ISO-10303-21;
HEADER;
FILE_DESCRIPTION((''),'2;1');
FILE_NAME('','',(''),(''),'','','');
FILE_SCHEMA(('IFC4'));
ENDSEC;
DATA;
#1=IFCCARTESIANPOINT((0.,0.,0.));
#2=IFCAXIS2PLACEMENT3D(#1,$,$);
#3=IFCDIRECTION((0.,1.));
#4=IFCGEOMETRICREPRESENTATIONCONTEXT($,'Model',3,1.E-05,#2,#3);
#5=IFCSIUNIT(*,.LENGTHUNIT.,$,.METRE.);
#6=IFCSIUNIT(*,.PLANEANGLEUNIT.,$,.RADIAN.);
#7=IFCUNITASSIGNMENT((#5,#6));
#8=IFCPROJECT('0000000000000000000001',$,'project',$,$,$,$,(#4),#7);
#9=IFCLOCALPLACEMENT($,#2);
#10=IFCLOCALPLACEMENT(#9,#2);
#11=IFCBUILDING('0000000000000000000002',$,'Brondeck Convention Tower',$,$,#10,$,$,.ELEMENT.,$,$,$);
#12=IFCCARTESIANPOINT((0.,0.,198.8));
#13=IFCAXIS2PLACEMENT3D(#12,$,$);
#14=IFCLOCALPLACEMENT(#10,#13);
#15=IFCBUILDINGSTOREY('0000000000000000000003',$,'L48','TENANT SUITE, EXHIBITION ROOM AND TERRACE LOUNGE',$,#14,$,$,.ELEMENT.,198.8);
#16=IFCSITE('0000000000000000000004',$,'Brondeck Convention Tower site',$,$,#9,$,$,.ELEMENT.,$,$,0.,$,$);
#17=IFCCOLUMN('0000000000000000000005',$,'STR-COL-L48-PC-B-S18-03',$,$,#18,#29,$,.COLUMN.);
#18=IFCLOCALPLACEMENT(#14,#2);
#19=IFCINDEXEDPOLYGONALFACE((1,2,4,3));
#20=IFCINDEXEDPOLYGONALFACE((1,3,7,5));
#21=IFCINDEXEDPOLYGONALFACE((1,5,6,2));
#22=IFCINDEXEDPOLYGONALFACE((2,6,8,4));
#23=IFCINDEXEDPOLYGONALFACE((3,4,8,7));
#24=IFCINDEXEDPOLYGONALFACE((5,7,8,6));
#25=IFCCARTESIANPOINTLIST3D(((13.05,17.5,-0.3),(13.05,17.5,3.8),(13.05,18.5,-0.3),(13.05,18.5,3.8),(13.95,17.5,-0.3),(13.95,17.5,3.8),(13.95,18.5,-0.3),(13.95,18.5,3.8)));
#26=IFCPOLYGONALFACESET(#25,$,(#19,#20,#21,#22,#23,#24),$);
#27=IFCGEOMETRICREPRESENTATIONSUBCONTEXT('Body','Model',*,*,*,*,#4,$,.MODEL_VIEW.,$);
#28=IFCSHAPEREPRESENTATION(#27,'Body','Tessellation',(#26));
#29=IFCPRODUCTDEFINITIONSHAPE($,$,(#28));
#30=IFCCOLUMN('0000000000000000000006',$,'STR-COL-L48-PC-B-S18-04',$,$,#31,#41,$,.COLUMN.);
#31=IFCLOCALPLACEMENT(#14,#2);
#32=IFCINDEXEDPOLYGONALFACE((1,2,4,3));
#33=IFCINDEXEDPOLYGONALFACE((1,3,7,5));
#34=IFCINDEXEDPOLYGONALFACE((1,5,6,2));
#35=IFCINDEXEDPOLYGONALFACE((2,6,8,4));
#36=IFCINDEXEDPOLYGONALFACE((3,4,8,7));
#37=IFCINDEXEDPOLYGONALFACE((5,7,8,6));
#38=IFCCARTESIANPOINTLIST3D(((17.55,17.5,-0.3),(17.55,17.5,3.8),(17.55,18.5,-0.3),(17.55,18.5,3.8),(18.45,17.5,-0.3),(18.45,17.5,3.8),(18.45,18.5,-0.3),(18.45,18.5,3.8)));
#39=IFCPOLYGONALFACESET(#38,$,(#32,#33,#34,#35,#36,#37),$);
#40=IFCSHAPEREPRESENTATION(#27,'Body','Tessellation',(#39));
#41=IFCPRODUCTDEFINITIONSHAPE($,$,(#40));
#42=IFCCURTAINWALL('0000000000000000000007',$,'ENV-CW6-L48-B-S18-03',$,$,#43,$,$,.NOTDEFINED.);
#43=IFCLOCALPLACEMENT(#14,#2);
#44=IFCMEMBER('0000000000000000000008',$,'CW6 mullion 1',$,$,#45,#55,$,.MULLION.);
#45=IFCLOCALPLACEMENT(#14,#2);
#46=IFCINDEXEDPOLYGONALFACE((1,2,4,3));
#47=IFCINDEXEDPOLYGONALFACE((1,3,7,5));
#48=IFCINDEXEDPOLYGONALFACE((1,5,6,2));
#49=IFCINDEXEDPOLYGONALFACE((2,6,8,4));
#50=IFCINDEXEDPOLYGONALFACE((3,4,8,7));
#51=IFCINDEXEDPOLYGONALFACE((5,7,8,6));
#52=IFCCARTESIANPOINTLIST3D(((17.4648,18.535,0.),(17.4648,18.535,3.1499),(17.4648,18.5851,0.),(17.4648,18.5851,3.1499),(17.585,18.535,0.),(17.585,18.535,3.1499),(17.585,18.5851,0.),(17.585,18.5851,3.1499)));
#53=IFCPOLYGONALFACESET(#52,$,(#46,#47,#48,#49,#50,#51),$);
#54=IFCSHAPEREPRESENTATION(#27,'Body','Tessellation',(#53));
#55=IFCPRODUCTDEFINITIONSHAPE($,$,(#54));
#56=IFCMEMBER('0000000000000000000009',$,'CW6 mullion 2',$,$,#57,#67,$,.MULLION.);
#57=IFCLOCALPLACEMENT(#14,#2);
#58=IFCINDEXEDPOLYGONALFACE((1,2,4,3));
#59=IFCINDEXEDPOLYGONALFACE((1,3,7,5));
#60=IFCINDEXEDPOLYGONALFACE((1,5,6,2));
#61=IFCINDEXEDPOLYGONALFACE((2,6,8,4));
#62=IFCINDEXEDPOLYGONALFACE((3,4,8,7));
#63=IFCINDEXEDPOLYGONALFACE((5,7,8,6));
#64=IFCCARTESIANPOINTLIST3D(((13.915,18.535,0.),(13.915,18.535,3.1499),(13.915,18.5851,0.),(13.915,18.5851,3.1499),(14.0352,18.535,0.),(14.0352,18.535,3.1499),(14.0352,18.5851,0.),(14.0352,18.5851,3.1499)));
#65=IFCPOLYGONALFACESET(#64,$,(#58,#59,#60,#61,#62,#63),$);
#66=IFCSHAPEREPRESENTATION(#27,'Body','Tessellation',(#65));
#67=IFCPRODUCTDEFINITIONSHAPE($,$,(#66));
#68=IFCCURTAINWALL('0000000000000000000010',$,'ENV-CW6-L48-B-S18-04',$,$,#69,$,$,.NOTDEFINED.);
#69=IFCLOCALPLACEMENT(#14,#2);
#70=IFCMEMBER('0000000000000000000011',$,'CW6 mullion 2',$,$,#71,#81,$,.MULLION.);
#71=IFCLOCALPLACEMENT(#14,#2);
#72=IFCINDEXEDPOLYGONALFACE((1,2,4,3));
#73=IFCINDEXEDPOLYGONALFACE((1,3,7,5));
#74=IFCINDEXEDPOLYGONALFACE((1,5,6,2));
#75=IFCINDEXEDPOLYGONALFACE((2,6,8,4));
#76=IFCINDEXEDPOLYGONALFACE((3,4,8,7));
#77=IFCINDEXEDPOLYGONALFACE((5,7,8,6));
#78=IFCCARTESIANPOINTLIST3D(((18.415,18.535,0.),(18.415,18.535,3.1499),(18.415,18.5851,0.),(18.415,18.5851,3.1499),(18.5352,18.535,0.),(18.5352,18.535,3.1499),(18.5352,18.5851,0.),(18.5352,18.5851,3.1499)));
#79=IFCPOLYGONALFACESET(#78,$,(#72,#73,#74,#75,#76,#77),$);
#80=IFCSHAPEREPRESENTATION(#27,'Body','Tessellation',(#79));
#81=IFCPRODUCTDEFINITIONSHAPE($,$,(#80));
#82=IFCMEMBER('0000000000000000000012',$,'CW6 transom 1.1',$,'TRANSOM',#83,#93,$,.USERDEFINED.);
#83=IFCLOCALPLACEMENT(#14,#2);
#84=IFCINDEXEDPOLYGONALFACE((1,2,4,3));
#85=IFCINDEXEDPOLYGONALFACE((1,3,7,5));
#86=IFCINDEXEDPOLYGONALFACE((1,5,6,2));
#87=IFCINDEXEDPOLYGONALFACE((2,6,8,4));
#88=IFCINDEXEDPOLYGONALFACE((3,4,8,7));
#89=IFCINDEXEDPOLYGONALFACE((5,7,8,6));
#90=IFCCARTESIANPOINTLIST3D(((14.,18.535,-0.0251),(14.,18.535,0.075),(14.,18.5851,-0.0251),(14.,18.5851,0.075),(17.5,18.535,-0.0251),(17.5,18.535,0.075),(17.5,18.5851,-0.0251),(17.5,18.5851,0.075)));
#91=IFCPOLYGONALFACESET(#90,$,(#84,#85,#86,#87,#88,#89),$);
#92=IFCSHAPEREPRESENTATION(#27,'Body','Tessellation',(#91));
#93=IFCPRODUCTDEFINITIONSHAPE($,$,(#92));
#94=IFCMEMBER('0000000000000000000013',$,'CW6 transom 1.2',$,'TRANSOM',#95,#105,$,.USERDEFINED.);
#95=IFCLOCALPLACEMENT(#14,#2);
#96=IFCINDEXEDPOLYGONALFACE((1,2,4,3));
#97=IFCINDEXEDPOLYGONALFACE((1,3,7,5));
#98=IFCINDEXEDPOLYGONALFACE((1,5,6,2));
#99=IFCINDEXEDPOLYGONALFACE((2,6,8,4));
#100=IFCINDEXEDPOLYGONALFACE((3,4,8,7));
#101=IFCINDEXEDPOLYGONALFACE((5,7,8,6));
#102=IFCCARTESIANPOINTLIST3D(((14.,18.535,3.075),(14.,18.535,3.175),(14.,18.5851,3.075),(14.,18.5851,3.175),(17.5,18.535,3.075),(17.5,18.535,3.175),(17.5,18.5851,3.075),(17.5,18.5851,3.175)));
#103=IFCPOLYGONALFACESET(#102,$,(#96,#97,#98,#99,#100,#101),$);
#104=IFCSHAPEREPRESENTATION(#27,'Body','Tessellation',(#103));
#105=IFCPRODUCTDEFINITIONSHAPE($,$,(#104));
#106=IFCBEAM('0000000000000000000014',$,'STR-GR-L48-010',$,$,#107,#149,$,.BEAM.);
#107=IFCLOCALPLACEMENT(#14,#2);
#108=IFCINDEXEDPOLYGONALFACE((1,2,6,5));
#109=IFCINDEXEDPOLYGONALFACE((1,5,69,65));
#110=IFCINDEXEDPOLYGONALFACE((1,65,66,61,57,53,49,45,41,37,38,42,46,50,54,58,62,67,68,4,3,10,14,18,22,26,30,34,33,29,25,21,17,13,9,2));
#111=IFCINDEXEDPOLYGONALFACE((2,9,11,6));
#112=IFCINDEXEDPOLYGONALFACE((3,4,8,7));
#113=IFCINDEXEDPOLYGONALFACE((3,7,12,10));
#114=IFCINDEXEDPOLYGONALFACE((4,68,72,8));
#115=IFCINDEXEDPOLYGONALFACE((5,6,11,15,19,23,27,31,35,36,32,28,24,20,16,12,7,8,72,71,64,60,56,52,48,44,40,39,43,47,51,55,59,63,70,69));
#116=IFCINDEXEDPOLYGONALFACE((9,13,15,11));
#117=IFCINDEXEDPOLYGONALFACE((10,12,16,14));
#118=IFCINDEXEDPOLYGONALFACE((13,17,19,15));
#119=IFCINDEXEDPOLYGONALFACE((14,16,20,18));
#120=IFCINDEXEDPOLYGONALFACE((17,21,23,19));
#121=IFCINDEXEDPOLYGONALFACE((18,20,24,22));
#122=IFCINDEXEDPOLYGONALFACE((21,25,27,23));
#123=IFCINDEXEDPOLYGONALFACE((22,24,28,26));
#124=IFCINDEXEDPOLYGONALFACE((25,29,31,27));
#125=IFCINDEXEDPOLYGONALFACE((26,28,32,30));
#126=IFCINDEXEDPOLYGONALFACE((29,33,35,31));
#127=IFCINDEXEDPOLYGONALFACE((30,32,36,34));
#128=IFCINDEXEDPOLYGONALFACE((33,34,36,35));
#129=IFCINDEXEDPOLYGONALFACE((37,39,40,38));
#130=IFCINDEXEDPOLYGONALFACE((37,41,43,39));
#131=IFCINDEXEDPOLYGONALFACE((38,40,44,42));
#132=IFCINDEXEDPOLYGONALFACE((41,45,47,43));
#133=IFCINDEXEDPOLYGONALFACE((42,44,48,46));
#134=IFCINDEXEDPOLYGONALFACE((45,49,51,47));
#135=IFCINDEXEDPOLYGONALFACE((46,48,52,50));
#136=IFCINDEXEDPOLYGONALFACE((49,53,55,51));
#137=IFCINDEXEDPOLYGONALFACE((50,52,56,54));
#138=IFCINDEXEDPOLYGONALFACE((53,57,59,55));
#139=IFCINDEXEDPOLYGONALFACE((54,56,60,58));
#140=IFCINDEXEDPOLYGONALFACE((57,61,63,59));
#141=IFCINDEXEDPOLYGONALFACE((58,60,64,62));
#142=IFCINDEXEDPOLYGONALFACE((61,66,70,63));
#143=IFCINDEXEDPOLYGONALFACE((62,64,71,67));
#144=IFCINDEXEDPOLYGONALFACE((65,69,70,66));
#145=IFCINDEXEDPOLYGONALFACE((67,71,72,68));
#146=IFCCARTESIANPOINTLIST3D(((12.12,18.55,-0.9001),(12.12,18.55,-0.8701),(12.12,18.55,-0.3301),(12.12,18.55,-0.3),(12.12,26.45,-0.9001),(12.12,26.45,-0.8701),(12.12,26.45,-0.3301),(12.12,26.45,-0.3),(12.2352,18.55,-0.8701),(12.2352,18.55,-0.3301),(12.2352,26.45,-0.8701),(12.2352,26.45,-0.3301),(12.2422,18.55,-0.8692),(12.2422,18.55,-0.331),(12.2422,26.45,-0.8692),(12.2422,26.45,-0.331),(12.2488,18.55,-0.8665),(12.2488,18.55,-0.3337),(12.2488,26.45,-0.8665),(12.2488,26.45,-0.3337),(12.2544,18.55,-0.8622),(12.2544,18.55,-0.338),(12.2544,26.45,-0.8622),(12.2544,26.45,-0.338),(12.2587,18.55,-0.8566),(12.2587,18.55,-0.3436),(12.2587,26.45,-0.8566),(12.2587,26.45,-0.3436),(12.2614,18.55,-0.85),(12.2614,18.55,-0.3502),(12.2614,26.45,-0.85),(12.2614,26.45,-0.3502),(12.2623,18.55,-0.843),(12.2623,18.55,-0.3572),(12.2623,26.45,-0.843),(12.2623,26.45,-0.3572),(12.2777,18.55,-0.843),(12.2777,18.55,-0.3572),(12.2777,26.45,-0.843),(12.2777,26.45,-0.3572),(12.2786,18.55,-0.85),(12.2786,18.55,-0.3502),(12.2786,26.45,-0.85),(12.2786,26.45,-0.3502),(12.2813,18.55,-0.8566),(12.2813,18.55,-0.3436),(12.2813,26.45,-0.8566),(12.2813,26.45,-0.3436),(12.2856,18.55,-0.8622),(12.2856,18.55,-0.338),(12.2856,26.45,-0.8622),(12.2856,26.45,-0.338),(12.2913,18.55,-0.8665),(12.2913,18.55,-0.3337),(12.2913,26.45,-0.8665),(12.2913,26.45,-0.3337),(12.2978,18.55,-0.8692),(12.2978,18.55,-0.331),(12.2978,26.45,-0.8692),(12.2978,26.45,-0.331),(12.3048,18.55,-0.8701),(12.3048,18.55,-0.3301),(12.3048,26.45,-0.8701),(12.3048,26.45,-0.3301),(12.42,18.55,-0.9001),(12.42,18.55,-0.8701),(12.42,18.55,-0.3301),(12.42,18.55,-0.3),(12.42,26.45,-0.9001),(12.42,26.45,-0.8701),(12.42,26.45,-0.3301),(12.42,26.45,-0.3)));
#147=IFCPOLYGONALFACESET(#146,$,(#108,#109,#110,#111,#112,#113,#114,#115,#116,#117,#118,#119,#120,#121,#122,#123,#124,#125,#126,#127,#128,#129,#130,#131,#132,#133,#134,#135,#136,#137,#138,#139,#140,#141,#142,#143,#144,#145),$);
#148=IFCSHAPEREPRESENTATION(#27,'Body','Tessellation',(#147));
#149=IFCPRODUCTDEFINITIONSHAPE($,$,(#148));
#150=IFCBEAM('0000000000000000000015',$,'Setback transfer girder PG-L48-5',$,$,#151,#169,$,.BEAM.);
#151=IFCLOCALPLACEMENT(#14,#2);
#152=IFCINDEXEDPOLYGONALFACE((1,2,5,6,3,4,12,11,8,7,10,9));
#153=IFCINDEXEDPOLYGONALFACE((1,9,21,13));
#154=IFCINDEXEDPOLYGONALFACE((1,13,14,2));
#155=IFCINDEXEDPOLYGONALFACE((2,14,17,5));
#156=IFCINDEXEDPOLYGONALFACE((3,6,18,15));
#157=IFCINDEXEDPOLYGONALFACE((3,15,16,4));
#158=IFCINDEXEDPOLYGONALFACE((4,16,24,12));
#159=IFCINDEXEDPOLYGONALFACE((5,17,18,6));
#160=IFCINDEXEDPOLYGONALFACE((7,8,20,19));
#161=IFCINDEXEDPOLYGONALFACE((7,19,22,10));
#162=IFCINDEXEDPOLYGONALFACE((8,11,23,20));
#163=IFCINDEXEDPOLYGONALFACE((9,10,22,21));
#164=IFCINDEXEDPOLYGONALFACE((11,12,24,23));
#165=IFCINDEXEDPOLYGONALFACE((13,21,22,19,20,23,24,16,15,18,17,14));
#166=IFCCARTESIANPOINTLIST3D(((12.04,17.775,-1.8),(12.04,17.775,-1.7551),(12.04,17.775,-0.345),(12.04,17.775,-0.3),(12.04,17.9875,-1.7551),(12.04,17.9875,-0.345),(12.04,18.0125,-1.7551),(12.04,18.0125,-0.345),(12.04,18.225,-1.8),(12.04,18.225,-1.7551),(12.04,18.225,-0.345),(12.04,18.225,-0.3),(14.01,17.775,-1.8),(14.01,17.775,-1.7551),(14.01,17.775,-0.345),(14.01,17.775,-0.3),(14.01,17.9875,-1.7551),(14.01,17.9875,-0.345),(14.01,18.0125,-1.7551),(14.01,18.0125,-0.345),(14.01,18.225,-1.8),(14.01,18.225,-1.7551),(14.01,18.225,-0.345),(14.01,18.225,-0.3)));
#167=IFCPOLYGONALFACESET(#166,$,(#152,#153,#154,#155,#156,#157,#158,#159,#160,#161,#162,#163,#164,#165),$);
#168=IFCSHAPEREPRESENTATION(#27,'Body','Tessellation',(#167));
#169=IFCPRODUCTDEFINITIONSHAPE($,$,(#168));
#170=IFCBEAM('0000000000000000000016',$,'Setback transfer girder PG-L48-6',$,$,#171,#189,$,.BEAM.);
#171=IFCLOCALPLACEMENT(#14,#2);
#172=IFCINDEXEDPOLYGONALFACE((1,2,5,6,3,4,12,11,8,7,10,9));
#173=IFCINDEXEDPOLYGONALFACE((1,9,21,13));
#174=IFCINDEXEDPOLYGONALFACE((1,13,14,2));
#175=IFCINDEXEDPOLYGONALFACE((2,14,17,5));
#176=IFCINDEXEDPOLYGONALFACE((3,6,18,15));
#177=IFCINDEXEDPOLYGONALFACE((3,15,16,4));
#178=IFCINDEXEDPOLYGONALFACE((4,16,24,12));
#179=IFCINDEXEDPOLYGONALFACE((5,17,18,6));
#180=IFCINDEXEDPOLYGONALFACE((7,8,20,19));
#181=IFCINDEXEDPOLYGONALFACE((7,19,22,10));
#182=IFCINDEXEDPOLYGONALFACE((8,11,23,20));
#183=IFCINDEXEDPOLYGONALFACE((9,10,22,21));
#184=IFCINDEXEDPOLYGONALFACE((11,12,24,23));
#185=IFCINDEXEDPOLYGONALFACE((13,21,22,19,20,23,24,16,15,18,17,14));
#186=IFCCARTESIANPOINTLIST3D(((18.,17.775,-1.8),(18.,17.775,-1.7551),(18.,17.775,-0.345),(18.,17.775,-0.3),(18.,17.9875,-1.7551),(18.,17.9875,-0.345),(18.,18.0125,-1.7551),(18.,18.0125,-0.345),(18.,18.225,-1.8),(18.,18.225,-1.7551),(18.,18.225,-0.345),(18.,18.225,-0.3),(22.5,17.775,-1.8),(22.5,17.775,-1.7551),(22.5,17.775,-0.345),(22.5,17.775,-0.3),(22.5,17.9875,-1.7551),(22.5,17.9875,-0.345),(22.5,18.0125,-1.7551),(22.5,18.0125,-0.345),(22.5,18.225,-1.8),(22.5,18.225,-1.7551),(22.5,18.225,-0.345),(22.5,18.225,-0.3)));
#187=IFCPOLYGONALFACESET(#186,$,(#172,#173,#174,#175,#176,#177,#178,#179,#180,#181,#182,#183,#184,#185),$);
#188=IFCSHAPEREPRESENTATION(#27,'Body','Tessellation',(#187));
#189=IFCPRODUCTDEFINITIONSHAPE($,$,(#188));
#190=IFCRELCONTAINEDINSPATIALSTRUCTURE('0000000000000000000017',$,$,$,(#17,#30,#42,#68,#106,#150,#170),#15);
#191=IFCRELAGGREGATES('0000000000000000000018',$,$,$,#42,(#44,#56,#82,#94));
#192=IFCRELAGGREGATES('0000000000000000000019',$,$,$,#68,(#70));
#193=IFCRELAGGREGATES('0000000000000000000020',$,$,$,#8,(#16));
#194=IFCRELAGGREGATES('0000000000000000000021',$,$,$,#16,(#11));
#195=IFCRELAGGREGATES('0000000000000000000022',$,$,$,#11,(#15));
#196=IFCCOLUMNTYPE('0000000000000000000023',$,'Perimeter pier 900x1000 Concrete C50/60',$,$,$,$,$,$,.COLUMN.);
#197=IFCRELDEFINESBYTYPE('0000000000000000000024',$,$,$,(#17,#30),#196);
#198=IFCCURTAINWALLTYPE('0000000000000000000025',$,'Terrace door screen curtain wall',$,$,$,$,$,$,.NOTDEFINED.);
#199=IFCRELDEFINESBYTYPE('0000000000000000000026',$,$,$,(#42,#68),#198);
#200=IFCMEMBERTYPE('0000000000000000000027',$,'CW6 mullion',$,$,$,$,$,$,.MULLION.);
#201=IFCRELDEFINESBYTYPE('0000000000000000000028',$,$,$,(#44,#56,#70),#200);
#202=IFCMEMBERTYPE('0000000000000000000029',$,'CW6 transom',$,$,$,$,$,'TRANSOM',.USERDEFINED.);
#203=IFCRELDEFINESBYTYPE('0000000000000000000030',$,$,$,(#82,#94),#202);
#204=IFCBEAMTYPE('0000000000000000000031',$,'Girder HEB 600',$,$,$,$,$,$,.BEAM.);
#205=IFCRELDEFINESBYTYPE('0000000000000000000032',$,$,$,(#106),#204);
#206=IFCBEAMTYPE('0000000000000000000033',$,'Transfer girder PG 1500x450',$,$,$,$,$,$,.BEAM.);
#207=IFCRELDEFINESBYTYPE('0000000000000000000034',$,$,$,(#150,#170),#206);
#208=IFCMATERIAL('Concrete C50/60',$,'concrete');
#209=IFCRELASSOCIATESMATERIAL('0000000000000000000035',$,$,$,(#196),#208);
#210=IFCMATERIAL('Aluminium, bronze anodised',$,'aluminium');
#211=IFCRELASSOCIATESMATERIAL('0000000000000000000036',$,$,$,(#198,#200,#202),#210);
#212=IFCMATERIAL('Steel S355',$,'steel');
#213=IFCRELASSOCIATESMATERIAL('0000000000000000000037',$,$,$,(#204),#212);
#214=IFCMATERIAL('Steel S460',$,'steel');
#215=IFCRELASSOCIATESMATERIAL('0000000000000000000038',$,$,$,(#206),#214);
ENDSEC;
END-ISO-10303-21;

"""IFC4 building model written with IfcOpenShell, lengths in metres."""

from ifc_helpers import new_model, si_unit, direction, frame, origin, origin_2d, place, context, subcontext, project, spatial, rectangle, i_section, extrude, material, material_profile, profile_set, type_object, element, aggregate, save


model = new_model("IFC4")

# Units and contexts
model_context = context("Model", 3, precision=1e-05, world=origin(), true_north=direction((0.0, 1.0)))
body_context = subcontext(model_context, "Body", "Model", "MODEL_VIEW")
ifc_project = project(units=[si_unit("LENGTHUNIT", "METRE"), si_unit("PLANEANGLEUNIT", "RADIAN")], contexts=[model_context])

# Site, building, storey
site_placement = place(None, origin())
site = spatial("IfcSite", under=ifc_project, at=site_placement, Name="Brondeck Convention Tower site", CompositionType="ELEMENT", RefElevation=0.0)
building_placement = place(site_placement, origin())
building = spatial("IfcBuilding", under=site, at=building_placement, Name="Brondeck Convention Tower", CompositionType="ELEMENT")
storey_placement = place(building_placement, frame((0.0, 0.0, 198.8)))
storey = spatial("IfcBuildingStorey", under=building, at=storey_placement, Name="L48", Description="TENANT SUITE, EXHIBITION ROOM AND TERRACE LOUNGE", CompositionType="ELEMENT", Elevation=198.8)

# Columns
ifc_material_1 = material(Name="Concrete C50/60", Category="concrete")
ifc_material_profile_1 = material_profile(ifc_material_1, rectangle(XDim=0.8999, YDim=1.0, at=origin_2d()), Name="Perimeter pier 900x1000 Concrete C50/60")
ifc_profile_set_1 = profile_set([ifc_material_profile_1], Name="Concrete C50/60")
column_type = type_object("IfcColumnType", Name="Perimeter pier 900x1000 Concrete C50/60", PredefinedType="COLUMN", material=ifc_profile_set_1)
for number, where, z_axis, x_axis, name in (
    (1, (13.5, 18.0, -0.3), (0.0, 0.0, 1.0), (1.0, 0.0, 0.0), "STR-COL-L48-PC-B-S18-03"),
    (2, (18.0, 18.0, -0.3), (0.0, 0.0, 1.0), (1.0, 0.0, 0.0), "STR-COL-L48-PC-B-S18-04"),
):
    element("IfcColumn", number, at=place(storey_placement, frame(where, z_axis=z_axis, x_axis=x_axis)), inside=storey, type_object=column_type, Name=name, PredefinedType="COLUMN", context=body_context, shape_type="SweptSolid", body=[
        extrude(rectangle(XDim=0.8999, YDim=1.0, at=origin_2d()), origin(), (0.0, 0.0, 1.0), 4.1001),
    ])

# Curtain wall, members
ifc_material_2 = material(Name="Aluminium, bronze anodised", Category="aluminium")
curtain_wall_type = type_object("IfcCurtainWallType", Name="Terrace door screen curtain wall", PredefinedType="NOTDEFINED", material=ifc_material_2)
curtain_wall_1_placement = place(storey_placement, origin())
curtain_wall_1 = element("IfcCurtainWall", 3, at=curtain_wall_1_placement, inside=storey, type_object=curtain_wall_type, Name="ENV-CW6-L48-B-S18-03", PredefinedType="NOTDEFINED")
ifc_material_profile_2 = material_profile(ifc_material_2, rectangle(XDim=0.05, YDim=0.1201, at=origin_2d()), Name="CW6 mullion")
ifc_profile_set_2 = profile_set([ifc_material_profile_2], Name="Aluminium, bronze anodised")
member_type_1 = type_object("IfcMemberType", Name="CW6 mullion", PredefinedType="MULLION", material=ifc_profile_set_2)
member_1_placement = place(storey_placement, frame((17.5249, 18.5601, 0.0), z_axis=(0.0, 0.0, 1.0), x_axis=(0.0, -1.0, 0.0)))
member_1 = element("IfcMember", 4, at=member_1_placement, type_object=member_type_1, Name="CW6 mullion 1", PredefinedType="MULLION", context=body_context, shape_type="SweptSolid", body=[
    extrude(rectangle(XDim=0.05, YDim=0.1201, at=origin_2d()), origin(), (0.0, 0.0, 1.0), 3.1499),
])
member_2_placement = place(storey_placement, frame((13.9751, 18.5601, 0.0), z_axis=(0.0, 0.0, 1.0), x_axis=(0.0, -1.0, 0.0)))
member_2 = element("IfcMember", 5, at=member_2_placement, type_object=member_type_1, Name="CW6 mullion 2", PredefinedType="MULLION", context=body_context, shape_type="SweptSolid", body=[
    extrude(rectangle(XDim=0.05, YDim=0.1201, at=origin_2d()), origin(), (0.0, 0.0, 1.0), 3.1499),
])

# Curtain wall, member
curtain_wall_2_placement = place(storey_placement, origin())
curtain_wall_2 = element("IfcCurtainWall", 6, at=curtain_wall_2_placement, inside=storey, type_object=curtain_wall_type, Name="ENV-CW6-L48-B-S18-04", PredefinedType="NOTDEFINED")
member_3_placement = place(storey_placement, frame((18.4751, 18.5601, 0.0), z_axis=(0.0, 0.0, 1.0), x_axis=(0.0, -1.0, 0.0)))
member_3 = element("IfcMember", 7, at=member_3_placement, type_object=member_type_1, Name="CW6 mullion 2", PredefinedType="MULLION", context=body_context, shape_type="SweptSolid", body=[
    extrude(rectangle(XDim=0.05, YDim=0.1201, at=origin_2d()), origin(), (0.0, 0.0, 1.0), 3.1499),
])

# Members
ifc_material_profile_3 = material_profile(ifc_material_2, rectangle(XDim=0.05, YDim=0.1001, at=origin_2d()), Name="CW6 transom")
ifc_profile_set_3 = profile_set([ifc_material_profile_3], Name="Aluminium, bronze anodised")
member_type_2 = type_object("IfcMemberType", Name="CW6 transom", ElementType="TRANSOM", PredefinedType="USERDEFINED", material=ifc_profile_set_3)
member_4_placement = place(storey_placement, frame((17.5, 18.5601, 0.0249), z_axis=(-1.0, 0.0, 0.0), x_axis=(0.0, -1.0, 0.0)))
member_4 = element("IfcMember", 8, at=member_4_placement, type_object=member_type_2, Name="CW6 transom 1.1", ObjectType="TRANSOM", PredefinedType="USERDEFINED", context=body_context, shape_type="SweptSolid", body=[
    extrude(rectangle(XDim=0.05, YDim=0.1001, at=origin_2d()), origin(), (0.0, 0.0, 1.0), 3.5),
])
member_5_placement = place(storey_placement, frame((17.5, 18.5601, 3.125), z_axis=(-1.0, 0.0, 0.0), x_axis=(0.0, -1.0, 0.0)))
member_5 = element("IfcMember", 9, at=member_5_placement, type_object=member_type_2, Name="CW6 transom 1.2", ObjectType="TRANSOM", PredefinedType="USERDEFINED", context=body_context, shape_type="SweptSolid", body=[
    extrude(rectangle(XDim=0.05, YDim=0.1001, at=origin_2d()), origin(), (0.0, 0.0, 1.0), 3.5),
])

# Beams
ifc_material_3 = material(Name="Steel S355", Category="steel")
ifc_material_profile_4 = material_profile(ifc_material_3, i_section(OverallWidth=0.3, OverallDepth=0.6001, WebThickness=0.0154, FlangeThickness=0.03, FilletRadius=0.0271, at=origin_2d()), Name="HEB 600")
ifc_profile_set_4 = profile_set([ifc_material_profile_4], Name="Steel S355")
beam_type_1 = type_object("IfcBeamType", Name="Girder HEB 600", PredefinedType="BEAM", material=ifc_profile_set_4)
beam_1_placement = place(storey_placement, frame((12.27, 26.45, -0.6001), z_axis=(0.0, -1.0, 0.0), x_axis=(1.0, 0.0, 0.0)))
element("IfcBeam", 10, at=beam_1_placement, inside=storey, type_object=beam_type_1, Name="STR-GR-L48-010", PredefinedType="BEAM", context=body_context, shape_type="SweptSolid", body=[
    extrude(i_section(OverallWidth=0.3, OverallDepth=0.6001, WebThickness=0.0154, FlangeThickness=0.03, FilletRadius=0.0271, at=origin_2d()), origin(), (0.0, 0.0, 1.0), 7.8999),
])
ifc_material_4 = material(Name="Steel S460", Category="steel")
ifc_material_profile_5 = material_profile(ifc_material_4, i_section(OverallWidth=0.45, OverallDepth=1.5, WebThickness=0.0249, FlangeThickness=0.0449, at=origin_2d()), Name="PG 1500x450")
ifc_profile_set_5 = profile_set([ifc_material_profile_5], Name="Steel S460")
beam_type_2 = type_object("IfcBeamType", Name="Transfer girder PG 1500x450", PredefinedType="BEAM", material=ifc_profile_set_5)
beam_2_placement = place(storey_placement, frame((12.04, 18.0, -1.05), z_axis=(1.0, 0.0, 0.0), x_axis=(0.0, 1.0, 0.0)))
element("IfcBeam", 11, at=beam_2_placement, inside=storey, type_object=beam_type_2, Name="Setback transfer girder PG-L48-5", PredefinedType="BEAM", context=body_context, shape_type="SweptSolid", body=[
    extrude(i_section(OverallWidth=0.45, OverallDepth=1.5, WebThickness=0.0249, FlangeThickness=0.0449, at=origin_2d()), origin(), (0.0, 0.0, 1.0), 1.97),
])
beam_3_placement = place(storey_placement, frame((18.0, 18.0, -1.05), z_axis=(1.0, 0.0, 0.0), x_axis=(0.0, 1.0, 0.0)))
element("IfcBeam", 12, at=beam_3_placement, inside=storey, type_object=beam_type_2, Name="Setback transfer girder PG-L48-6", PredefinedType="BEAM", context=body_context, shape_type="SweptSolid", body=[
    extrude(i_section(OverallWidth=0.45, OverallDepth=1.5, WebThickness=0.0249, FlangeThickness=0.0449, at=origin_2d()), origin(), (0.0, 0.0, 1.0), 4.5),
])

aggregate(curtain_wall_1, [member_1, member_2, member_4, member_5])
aggregate(curtain_wall_2, [member_3])

save(model, "model.ifc")
